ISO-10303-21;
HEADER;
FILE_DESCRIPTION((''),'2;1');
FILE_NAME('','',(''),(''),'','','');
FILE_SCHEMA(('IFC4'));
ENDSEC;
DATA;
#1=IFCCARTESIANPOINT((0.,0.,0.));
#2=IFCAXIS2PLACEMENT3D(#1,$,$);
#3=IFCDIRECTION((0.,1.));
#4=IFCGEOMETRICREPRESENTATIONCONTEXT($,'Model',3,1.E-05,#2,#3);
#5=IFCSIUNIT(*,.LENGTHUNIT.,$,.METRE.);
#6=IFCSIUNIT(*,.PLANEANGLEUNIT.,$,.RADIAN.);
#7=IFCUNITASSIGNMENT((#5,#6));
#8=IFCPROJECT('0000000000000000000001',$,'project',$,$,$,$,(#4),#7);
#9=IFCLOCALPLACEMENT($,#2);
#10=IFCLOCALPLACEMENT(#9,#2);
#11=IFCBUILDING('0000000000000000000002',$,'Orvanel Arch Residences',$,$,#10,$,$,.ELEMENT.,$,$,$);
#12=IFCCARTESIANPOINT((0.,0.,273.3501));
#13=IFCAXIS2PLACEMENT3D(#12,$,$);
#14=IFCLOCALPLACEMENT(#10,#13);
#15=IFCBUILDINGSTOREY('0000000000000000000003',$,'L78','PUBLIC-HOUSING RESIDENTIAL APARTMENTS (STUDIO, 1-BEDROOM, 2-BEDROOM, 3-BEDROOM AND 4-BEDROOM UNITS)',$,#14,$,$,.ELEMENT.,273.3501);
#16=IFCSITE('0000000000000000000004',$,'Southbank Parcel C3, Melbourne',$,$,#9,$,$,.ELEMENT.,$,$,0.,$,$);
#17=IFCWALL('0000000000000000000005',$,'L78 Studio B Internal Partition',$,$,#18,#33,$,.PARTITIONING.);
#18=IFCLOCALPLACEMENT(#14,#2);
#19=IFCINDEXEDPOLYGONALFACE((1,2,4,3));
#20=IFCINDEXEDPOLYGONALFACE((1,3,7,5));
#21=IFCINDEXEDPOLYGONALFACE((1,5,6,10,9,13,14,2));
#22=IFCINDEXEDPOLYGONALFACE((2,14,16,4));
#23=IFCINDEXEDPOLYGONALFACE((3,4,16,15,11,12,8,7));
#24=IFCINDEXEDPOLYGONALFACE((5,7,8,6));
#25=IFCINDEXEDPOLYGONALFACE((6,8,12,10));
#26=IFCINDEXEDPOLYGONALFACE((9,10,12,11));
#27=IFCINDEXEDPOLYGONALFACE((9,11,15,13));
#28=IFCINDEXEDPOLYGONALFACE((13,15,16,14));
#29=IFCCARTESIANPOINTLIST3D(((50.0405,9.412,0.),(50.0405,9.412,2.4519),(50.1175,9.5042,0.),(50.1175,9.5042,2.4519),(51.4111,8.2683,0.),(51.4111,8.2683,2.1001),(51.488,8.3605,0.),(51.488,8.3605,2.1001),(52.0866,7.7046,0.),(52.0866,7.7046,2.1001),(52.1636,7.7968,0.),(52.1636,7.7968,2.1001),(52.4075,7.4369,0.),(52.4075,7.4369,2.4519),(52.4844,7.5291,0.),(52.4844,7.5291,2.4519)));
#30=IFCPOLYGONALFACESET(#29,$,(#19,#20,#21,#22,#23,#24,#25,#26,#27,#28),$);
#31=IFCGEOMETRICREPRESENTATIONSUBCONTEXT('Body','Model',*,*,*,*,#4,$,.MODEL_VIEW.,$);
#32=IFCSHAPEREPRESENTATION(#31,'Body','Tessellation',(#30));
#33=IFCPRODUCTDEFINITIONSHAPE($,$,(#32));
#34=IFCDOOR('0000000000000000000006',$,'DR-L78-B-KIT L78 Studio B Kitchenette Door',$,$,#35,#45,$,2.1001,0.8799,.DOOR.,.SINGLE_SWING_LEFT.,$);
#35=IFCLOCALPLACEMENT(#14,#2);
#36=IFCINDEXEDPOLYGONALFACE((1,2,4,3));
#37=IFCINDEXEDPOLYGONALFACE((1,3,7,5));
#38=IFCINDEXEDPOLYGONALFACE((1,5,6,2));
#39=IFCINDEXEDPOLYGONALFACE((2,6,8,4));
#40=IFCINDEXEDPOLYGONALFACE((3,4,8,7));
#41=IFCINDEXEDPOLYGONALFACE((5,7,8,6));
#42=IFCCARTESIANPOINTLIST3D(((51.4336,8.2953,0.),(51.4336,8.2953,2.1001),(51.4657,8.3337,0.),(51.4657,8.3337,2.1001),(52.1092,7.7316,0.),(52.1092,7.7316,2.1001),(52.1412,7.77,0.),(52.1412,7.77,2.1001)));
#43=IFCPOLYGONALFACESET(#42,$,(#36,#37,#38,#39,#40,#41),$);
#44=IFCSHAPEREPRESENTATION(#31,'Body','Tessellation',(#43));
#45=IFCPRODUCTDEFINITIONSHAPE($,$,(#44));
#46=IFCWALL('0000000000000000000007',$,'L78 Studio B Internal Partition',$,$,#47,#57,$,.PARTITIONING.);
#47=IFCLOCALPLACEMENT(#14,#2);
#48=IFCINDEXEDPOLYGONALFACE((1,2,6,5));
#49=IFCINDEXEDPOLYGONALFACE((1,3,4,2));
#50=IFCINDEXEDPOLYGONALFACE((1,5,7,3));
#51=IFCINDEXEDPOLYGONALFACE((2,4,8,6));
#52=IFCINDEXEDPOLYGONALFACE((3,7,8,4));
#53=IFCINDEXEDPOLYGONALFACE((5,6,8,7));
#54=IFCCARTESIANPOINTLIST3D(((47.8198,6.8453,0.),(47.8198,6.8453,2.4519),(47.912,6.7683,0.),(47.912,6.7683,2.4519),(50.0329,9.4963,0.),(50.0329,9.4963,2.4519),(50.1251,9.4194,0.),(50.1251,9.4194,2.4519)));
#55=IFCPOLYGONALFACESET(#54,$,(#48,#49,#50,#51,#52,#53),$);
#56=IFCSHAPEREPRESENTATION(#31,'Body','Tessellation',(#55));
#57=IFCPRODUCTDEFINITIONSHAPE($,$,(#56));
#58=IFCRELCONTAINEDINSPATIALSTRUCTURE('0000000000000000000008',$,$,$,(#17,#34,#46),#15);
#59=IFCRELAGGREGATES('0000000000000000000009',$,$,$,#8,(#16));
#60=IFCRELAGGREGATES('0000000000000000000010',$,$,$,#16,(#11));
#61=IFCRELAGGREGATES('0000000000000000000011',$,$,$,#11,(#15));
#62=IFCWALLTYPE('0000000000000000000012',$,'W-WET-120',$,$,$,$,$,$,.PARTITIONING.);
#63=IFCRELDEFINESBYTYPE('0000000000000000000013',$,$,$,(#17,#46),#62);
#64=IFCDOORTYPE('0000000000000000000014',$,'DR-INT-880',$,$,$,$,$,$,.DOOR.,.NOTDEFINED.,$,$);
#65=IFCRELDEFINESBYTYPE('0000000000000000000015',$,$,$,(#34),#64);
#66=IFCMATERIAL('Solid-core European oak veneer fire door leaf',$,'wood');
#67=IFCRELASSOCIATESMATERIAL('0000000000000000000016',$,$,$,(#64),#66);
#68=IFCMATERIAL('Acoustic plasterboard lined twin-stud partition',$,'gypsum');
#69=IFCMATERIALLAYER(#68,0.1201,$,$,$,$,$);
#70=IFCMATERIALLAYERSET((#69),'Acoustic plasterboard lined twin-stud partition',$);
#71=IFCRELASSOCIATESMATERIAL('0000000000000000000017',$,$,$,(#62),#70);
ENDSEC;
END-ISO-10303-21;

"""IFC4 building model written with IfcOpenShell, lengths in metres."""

from ifc_helpers import new_model, si_unit, direction, frame, frame_2d, origin, place, context, subcontext, project, spatial, rectangle, extrude, material, layer, layer_set, type_object, element, fill, save


model = new_model("IFC4")

# Units and contexts
model_context = context("Model", 3, precision=1e-05, world=origin(), true_north=direction((0.0, 1.0)))
body_context = subcontext(model_context, "Body", "Model", "MODEL_VIEW")
ifc_project = project(units=[si_unit("LENGTHUNIT", "METRE"), si_unit("PLANEANGLEUNIT", "RADIAN")], contexts=[model_context])

# Site, building, storey
site_placement = place(None, origin())
site = spatial("IfcSite", under=ifc_project, at=site_placement, Name="Southbank Parcel C3, Melbourne", CompositionType="ELEMENT", RefElevation=0.0)
building_placement = place(site_placement, origin())
building = spatial("IfcBuilding", under=site, at=building_placement, Name="Orvanel Arch Residences", CompositionType="ELEMENT")
storey_placement = place(building_placement, frame((0.0, 0.0, 273.3501)))
storey = spatial("IfcBuildingStorey", under=building, at=storey_placement, Name="L78", Description="PUBLIC-HOUSING RESIDENTIAL APARTMENTS (STUDIO, 1-BEDROOM, 2-BEDROOM, 3-BEDROOM AND 4-BEDROOM UNITS)", CompositionType="ELEMENT", Elevation=273.3501)

# Wall, opening, door
ifc_material_1 = material(Name="Acoustic plasterboard lined twin-stud partition", Category="gypsum")
ifc_material_2 = material(Name="Solid-core European oak veneer fire door leaf", Category="wood")
door_type = type_object("IfcDoorType", Name="DR-INT-880", OperationType="NOTDEFINED", PredefinedType="DOOR", material=ifc_material_2)
ifc_layer_1 = layer(ifc_material_1, 0.1201)
ifc_layer_set_1 = layer_set([ifc_layer_1], Name="Acoustic plasterboard lined twin-stud partition")
wall_type_1 = type_object("IfcWallType", Name="W-WET-120", PredefinedType="PARTITIONING", material=ifc_layer_set_1)
wall_1_placement = place(storey_placement, frame((52.446, 7.4829, 0.0), z_axis=(0.0, 0.0, 1.0), x_axis=(-0.767799, 0.640691, 0.0)))
wall_1 = element("IfcWall", 1, at=wall_1_placement, inside=storey, type_object=wall_type_1, Name="L78 Studio B Internal Partition", PredefinedType="PARTITIONING", context=body_context, shape_type="SweptSolid", body=[
    extrude(rectangle(XDim=3.0828, YDim=0.1201, at=frame_2d((1.5415, 0.0))), origin(), (0.0, 0.0, 1.0), 2.4519),
])
opening_1_placement = place(wall_1_placement, frame((0.418, 0.0, 0.0)))
opening_1 = element("IfcOpeningElement", 2, at=opening_1_placement, cuts=wall_1, PredefinedType="OPENING", context=body_context, shape_type="SweptSolid", body=[
    extrude(rectangle(XDim=0.8799, YDim=2.1001, at=frame_2d((0.4399, 1.05))), frame((0.0, 0.0701, 0.0), z_axis=(0.0, -1.0, 0.0), x_axis=(1.0, 0.0, 0.0)), (0.0, 0.0, 1.0), 0.1401),
])
door_1_placement = place(opening_1_placement, origin())
door_1 = element("IfcDoor", 3, at=door_1_placement, inside=storey, type_object=door_type, Name="DR-L78-B-KIT L78 Studio B Kitchenette Door", OperationType="SINGLE_SWING_LEFT", OverallHeight=2.1001, OverallWidth=0.8799, PredefinedType="DOOR", context=body_context, shape_type="SweptSolid", body=[
    extrude(rectangle(XDim=0.8799, YDim=2.1001, at=frame_2d((0.4399, 1.05))), frame((0.0, 0.0249, 0.0), z_axis=(0.0, -1.0, 0.0), x_axis=(1.0, 0.0, 0.0)), (0.0, 0.0, 1.0), 0.05),
])
fill(opening_1, door_1)

# Wall
wall_2_placement = place(storey_placement, frame((47.866, 6.8069, 0.0), z_axis=(0.0, 0.0, 1.0), x_axis=(0.640845, 0.767671, 0.0)))
element("IfcWall", 4, at=wall_2_placement, inside=storey, type_object=wall_type_1, Name="L78 Studio B Internal Partition", PredefinedType="PARTITIONING", context=body_context, shape_type="SweptSolid", body=[
    extrude(rectangle(XDim=3.4534, YDim=0.1201, at=frame_2d((1.7266, 0.0))), origin(), (0.0, 0.0, 1.0), 2.4519),
])

save(model, "model.ifc")
